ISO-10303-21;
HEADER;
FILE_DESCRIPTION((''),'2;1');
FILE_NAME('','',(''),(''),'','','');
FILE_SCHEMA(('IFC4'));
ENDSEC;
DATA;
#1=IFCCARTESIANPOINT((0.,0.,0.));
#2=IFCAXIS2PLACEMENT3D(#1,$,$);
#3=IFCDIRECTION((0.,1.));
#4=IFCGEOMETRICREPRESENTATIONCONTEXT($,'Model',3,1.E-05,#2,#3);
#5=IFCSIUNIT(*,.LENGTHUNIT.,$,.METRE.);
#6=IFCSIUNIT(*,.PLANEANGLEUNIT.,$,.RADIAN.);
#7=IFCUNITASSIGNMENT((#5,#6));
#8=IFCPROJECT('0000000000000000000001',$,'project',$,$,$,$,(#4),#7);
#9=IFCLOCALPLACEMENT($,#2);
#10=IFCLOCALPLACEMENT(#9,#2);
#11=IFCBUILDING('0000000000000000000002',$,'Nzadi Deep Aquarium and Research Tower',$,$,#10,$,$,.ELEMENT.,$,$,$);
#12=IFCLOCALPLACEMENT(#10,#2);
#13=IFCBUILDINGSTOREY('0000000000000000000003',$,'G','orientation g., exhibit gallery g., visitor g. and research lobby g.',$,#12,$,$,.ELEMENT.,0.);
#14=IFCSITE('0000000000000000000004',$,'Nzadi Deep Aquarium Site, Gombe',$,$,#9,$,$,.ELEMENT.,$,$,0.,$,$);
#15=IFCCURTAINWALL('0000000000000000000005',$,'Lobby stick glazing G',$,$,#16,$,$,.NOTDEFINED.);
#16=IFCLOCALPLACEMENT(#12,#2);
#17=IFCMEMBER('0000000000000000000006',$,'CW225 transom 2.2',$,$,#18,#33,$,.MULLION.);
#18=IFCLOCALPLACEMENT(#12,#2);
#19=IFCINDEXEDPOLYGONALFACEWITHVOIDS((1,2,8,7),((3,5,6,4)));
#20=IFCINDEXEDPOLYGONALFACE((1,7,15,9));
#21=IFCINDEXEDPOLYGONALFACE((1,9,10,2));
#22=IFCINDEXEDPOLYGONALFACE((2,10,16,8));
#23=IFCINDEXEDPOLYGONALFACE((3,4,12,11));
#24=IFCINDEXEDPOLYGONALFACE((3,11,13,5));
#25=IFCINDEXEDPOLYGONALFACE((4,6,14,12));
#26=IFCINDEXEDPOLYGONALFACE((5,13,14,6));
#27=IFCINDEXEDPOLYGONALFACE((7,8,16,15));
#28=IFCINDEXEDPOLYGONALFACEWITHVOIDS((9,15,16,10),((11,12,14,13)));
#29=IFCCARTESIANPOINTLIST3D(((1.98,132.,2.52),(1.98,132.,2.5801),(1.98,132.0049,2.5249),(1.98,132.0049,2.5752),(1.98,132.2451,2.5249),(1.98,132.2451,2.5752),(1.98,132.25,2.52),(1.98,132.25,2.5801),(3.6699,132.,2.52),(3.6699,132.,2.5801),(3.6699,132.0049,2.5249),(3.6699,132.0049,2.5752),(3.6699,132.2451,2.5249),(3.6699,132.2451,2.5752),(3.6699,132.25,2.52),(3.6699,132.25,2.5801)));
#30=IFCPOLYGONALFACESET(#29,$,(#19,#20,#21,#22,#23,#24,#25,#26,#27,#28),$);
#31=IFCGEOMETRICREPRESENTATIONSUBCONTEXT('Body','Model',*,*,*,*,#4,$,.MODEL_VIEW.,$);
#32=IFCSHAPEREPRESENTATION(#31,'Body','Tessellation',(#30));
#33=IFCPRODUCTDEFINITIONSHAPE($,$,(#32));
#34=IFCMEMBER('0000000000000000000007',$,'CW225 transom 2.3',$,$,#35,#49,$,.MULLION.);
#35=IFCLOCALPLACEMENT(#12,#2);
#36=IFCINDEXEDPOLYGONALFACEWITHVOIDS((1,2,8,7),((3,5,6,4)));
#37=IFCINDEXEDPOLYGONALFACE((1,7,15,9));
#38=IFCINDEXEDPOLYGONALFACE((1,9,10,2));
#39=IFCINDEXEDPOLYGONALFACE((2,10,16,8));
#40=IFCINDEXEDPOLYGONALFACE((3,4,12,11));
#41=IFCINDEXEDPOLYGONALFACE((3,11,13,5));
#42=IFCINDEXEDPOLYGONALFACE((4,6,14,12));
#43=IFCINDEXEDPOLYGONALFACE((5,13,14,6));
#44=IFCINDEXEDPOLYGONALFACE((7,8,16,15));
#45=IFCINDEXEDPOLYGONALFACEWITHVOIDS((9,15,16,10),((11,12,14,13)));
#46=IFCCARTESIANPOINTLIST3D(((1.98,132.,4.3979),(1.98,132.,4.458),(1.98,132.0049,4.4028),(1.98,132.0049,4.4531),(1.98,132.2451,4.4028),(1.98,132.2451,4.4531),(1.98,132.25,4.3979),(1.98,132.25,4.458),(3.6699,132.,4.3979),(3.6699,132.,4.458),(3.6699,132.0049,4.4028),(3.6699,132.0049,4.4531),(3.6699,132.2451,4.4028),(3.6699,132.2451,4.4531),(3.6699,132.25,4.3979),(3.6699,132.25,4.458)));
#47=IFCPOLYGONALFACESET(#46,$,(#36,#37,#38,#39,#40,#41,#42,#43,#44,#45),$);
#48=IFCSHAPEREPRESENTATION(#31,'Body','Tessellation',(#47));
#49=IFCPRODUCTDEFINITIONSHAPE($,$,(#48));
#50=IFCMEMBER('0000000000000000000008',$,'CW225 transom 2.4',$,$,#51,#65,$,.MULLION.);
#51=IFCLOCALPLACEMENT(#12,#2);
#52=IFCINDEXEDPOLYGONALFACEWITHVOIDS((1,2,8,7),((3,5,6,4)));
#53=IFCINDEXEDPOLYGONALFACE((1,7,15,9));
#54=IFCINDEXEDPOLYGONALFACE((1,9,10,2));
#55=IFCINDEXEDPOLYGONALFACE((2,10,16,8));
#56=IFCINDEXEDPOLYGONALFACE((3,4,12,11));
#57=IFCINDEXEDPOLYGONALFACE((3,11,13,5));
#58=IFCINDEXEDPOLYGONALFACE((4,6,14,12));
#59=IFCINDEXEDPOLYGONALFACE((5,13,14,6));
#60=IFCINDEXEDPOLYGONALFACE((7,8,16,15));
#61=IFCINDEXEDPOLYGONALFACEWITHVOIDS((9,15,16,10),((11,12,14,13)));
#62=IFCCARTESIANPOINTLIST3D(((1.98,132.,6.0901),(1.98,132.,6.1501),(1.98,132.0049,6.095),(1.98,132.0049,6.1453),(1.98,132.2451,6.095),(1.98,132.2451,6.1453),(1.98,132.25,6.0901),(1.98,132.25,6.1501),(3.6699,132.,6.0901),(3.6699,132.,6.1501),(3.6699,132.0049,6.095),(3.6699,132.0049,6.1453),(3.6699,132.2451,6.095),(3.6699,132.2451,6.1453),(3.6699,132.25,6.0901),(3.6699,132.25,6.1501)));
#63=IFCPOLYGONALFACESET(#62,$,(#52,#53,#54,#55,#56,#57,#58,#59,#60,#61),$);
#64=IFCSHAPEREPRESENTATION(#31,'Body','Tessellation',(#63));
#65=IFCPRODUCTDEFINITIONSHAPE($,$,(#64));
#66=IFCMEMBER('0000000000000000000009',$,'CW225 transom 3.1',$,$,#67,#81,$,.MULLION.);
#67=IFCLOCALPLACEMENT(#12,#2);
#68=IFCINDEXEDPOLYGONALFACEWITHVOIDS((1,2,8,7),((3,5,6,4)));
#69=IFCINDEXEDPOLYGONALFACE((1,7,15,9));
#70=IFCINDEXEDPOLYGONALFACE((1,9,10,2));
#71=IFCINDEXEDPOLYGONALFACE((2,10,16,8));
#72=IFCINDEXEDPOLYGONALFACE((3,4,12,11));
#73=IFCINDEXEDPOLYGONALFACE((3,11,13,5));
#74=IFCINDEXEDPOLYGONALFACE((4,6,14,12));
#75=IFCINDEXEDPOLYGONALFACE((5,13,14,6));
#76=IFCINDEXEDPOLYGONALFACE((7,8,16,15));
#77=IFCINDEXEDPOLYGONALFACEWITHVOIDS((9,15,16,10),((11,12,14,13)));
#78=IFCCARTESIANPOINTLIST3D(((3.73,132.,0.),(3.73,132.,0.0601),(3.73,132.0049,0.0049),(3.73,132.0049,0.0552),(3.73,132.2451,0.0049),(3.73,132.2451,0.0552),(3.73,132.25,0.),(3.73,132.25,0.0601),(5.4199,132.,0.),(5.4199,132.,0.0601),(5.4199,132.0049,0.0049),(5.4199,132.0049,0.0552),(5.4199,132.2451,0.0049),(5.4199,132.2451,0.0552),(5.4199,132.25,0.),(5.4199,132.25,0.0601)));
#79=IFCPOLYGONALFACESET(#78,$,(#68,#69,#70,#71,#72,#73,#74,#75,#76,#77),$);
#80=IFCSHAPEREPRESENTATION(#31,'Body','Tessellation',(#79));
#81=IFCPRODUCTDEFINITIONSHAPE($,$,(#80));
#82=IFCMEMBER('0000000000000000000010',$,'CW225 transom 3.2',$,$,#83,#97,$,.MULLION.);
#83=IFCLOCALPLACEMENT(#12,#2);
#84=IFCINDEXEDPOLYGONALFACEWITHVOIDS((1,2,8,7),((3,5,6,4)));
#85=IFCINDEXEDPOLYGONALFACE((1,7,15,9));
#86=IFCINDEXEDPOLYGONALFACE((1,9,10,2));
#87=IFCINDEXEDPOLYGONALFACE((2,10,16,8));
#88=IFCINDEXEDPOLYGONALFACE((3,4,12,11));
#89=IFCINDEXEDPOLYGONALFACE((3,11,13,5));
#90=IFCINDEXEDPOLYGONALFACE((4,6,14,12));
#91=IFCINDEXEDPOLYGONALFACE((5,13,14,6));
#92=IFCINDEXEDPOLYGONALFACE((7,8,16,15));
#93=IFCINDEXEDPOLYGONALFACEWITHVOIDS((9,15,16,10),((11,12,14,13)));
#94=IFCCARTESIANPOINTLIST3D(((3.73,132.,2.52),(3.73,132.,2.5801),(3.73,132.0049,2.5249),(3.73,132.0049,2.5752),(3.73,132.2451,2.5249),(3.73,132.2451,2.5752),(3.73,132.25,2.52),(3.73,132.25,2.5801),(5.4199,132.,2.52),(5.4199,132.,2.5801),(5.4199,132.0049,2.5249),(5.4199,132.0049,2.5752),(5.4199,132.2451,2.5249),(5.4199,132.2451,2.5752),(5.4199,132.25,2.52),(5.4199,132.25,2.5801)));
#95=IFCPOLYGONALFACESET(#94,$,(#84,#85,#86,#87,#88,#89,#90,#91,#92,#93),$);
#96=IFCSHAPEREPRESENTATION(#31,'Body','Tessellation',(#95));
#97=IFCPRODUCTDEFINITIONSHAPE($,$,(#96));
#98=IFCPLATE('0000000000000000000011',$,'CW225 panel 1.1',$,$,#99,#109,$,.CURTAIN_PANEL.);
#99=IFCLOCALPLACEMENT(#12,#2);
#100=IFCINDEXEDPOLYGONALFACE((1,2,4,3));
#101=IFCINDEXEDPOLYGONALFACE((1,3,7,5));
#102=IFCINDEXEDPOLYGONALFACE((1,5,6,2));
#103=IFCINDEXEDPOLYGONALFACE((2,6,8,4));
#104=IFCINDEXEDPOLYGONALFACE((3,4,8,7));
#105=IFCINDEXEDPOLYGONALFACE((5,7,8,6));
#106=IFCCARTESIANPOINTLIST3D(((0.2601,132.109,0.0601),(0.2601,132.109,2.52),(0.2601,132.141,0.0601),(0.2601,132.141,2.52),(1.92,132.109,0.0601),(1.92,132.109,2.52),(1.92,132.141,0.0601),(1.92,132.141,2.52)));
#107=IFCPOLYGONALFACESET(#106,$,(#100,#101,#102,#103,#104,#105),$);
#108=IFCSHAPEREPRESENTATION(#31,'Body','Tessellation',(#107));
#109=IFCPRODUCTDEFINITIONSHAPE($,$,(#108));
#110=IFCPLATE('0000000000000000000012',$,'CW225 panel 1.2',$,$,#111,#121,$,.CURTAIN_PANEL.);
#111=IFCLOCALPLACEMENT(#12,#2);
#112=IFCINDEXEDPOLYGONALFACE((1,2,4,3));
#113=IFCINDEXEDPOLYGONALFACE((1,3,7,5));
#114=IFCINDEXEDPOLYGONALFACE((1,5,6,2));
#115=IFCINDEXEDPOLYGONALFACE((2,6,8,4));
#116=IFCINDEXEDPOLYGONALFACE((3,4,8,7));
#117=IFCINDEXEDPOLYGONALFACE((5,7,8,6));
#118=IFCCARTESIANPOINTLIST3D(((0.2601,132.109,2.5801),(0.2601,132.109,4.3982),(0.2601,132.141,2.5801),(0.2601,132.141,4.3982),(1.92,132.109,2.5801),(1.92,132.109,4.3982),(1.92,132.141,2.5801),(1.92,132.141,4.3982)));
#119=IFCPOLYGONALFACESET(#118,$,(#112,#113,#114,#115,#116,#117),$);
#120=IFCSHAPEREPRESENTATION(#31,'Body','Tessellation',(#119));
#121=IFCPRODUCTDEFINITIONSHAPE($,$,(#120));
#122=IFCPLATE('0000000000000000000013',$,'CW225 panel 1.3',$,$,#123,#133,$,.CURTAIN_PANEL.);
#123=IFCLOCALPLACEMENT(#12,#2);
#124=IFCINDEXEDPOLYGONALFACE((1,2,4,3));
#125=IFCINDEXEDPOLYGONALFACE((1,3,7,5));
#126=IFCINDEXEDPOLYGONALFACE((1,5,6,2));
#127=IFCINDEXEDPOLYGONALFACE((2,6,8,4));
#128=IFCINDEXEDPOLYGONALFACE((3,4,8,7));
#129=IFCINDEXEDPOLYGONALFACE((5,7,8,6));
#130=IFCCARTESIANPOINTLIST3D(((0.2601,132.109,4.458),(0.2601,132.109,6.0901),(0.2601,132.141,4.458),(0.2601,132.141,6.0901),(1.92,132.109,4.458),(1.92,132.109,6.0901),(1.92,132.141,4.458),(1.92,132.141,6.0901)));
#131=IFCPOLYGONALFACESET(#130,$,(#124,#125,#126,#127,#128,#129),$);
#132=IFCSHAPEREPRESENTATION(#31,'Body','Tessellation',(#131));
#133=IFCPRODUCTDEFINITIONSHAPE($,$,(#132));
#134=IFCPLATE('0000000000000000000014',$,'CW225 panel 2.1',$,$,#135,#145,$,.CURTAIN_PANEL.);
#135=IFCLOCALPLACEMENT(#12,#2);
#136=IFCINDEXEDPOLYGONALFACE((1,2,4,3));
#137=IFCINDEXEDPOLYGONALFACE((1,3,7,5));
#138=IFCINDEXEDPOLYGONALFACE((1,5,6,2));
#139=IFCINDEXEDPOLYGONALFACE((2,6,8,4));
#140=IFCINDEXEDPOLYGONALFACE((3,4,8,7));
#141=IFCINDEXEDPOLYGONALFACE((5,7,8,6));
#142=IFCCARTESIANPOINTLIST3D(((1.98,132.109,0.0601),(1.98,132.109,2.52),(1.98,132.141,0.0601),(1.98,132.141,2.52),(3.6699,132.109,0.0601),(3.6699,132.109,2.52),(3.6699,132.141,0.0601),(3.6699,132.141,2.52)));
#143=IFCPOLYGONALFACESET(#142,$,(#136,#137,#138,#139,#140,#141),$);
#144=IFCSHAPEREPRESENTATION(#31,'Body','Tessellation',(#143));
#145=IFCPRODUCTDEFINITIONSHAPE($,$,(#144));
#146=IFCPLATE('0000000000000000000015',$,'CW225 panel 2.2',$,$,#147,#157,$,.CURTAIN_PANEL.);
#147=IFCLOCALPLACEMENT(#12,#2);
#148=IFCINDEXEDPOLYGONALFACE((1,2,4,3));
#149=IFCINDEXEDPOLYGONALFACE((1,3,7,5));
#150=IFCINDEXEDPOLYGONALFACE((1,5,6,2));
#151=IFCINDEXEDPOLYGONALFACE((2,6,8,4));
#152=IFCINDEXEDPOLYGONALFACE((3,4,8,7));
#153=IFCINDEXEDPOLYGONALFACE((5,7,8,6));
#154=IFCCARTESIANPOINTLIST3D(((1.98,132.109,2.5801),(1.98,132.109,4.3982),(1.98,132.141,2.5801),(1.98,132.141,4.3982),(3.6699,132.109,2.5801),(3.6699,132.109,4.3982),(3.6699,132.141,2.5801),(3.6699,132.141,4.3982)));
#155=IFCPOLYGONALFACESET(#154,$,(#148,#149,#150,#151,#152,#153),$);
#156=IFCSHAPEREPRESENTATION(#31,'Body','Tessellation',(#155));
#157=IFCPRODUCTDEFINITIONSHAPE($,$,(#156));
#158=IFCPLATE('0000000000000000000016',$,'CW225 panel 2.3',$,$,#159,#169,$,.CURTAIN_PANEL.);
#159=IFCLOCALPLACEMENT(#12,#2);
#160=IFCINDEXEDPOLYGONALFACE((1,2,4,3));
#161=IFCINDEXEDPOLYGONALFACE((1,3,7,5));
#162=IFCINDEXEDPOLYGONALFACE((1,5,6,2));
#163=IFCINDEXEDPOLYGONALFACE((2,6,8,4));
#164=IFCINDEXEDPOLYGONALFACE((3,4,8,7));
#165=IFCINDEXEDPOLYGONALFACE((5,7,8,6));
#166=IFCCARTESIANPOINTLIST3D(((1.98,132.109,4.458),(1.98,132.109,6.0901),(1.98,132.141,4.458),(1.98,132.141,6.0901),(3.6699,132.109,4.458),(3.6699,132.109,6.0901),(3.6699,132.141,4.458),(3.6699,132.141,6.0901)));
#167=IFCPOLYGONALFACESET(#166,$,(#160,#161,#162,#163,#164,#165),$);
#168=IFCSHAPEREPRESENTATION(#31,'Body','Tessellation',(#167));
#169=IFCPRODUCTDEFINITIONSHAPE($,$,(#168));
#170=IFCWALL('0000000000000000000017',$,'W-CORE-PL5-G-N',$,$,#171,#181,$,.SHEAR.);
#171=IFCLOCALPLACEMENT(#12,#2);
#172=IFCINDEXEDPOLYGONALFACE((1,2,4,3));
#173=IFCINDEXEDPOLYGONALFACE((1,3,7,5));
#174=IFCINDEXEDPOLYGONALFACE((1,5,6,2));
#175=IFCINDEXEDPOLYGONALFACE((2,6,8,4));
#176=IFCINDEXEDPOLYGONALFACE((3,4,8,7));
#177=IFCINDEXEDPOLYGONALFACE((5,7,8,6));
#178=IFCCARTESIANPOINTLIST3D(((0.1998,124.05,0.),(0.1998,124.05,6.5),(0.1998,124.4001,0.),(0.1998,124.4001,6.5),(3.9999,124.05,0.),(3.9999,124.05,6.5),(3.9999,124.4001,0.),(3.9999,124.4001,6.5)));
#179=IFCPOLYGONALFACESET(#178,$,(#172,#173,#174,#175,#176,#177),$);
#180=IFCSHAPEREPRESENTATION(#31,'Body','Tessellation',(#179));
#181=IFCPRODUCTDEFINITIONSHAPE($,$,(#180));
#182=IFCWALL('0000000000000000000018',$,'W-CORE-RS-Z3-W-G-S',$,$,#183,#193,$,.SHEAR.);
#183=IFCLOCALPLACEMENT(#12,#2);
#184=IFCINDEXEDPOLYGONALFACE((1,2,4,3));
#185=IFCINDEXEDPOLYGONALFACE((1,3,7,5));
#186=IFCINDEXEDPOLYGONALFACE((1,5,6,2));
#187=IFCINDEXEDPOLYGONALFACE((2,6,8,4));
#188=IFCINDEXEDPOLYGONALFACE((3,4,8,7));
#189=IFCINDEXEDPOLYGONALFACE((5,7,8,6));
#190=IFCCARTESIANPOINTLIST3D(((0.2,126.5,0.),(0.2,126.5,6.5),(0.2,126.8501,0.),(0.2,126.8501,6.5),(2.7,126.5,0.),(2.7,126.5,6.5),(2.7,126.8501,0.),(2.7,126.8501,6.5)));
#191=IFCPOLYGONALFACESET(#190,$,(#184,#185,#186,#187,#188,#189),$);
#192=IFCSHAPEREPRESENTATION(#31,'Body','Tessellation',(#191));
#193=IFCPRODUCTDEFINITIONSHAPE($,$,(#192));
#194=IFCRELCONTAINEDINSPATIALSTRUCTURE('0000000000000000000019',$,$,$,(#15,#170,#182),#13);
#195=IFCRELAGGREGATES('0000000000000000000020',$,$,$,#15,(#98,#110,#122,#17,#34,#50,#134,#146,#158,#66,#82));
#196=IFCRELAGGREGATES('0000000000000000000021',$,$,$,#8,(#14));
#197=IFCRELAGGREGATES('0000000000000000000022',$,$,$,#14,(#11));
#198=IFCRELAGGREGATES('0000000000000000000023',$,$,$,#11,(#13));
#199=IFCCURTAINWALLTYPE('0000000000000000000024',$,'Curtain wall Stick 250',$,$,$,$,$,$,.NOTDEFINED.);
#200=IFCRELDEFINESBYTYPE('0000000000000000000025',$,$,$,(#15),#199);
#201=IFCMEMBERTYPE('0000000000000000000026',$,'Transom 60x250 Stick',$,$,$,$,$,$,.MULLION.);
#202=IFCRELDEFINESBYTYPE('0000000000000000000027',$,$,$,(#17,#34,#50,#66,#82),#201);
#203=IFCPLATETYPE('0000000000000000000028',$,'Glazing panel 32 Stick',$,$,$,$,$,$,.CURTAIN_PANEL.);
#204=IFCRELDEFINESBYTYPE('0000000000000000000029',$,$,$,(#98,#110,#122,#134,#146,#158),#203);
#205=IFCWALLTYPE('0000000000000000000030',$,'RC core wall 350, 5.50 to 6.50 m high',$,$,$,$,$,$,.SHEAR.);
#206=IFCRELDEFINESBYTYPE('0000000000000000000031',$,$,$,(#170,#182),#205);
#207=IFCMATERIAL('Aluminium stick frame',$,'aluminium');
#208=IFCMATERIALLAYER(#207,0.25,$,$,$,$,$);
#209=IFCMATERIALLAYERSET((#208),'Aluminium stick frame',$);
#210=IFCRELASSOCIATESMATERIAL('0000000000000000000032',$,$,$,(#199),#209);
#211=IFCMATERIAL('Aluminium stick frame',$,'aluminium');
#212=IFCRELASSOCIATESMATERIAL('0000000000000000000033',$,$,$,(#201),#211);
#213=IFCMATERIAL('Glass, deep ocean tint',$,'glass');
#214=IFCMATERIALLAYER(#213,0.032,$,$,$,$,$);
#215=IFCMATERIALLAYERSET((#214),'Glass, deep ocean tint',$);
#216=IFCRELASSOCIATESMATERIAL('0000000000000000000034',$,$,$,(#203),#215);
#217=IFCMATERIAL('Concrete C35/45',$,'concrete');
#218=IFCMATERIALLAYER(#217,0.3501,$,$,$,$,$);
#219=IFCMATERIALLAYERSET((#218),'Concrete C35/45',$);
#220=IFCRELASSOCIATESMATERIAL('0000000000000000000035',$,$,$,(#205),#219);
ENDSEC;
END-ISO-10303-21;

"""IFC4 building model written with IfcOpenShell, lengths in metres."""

from ifc_helpers import new_model, si_unit, direction, frame, frame_2d, origin, origin_2d, place, context, subcontext, project, spatial, rectangle, hollow_rectangle, extrude, material, layer, layer_set, material_profile, profile_set, type_object, element, aggregate, save


model = new_model("IFC4")

# Units and contexts
model_context = context("Model", 3, precision=1e-05, world=origin(), true_north=direction((0.0, 1.0)))
body_context = subcontext(model_context, "Body", "Model", "MODEL_VIEW")
ifc_project = project(units=[si_unit("LENGTHUNIT", "METRE"), si_unit("PLANEANGLEUNIT", "RADIAN")], contexts=[model_context])

# Site, building, storey
site_placement = place(None, origin())
site = spatial("IfcSite", under=ifc_project, at=site_placement, Name="Nzadi Deep Aquarium Site, Gombe", CompositionType="ELEMENT", RefElevation=0.0)
building_placement = place(site_placement, origin())
building = spatial("IfcBuilding", under=site, at=building_placement, Name="Nzadi Deep Aquarium and Research Tower", CompositionType="ELEMENT")
storey_placement = place(building_placement, origin())
storey = spatial("IfcBuildingStorey", under=building, at=storey_placement, Name="G", Description="orientation g., exhibit gallery g., visitor g. and research lobby g.", CompositionType="ELEMENT", Elevation=0.0)

# Curtain wall
ifc_material_1 = material(Name="Aluminium stick frame", Category="aluminium")
ifc_layer_1 = layer(ifc_material_1, 0.25)
ifc_layer_set_1 = layer_set([ifc_layer_1], Name="Aluminium stick frame")
curtain_wall_type = type_object("IfcCurtainWallType", Name="Curtain wall Stick 250", PredefinedType="NOTDEFINED", material=ifc_layer_set_1)
curtain_wall_placement = place(storey_placement, origin())
curtain_wall = element("IfcCurtainWall", 1, at=curtain_wall_placement, inside=storey, type_object=curtain_wall_type, Name="Lobby stick glazing G", PredefinedType="NOTDEFINED")

# Members
ifc_material_2 = material(Name="Aluminium stick frame", Category="aluminium")
ifc_material_profile_1 = material_profile(ifc_material_2, hollow_rectangle(XDim=0.25, YDim=0.0601, WallThickness=0.0049, at=origin_2d()))
ifc_profile_set_1 = profile_set([ifc_material_profile_1], Name="Aluminium stick frame")
member_type_1 = type_object("IfcMemberType", Name="Transom 60x250 Stick", PredefinedType="MULLION", material=ifc_profile_set_1)
member_1_placement = place(storey_placement, frame((1.98, 132.125, 2.55), z_axis=(1.0, 0.0, 0.0), x_axis=(0.0, 1.0, 0.0)))
member_1 = element("IfcMember", 2, at=member_1_placement, type_object=member_type_1, Name="CW225 transom 2.2", PredefinedType="MULLION", context=body_context, shape_type="SweptSolid", body=[
    extrude(hollow_rectangle(XDim=0.25, YDim=0.0601, WallThickness=0.0049, at=origin_2d()), origin(), (0.0, 0.0, 1.0), 1.6899),
])
member_2_placement = place(storey_placement, frame((1.98, 132.125, 4.428), z_axis=(1.0, 0.0, 0.0), x_axis=(0.0, 1.0, 0.0)))
member_2 = element("IfcMember", 3, at=member_2_placement, type_object=member_type_1, Name="CW225 transom 2.3", PredefinedType="MULLION", context=body_context, shape_type="SweptSolid", body=[
    extrude(hollow_rectangle(XDim=0.25, YDim=0.0601, WallThickness=0.0049, at=origin_2d()), origin(), (0.0, 0.0, 1.0), 1.6899),
])
member_3_placement = place(storey_placement, frame((1.98, 132.125, 6.1201), z_axis=(1.0, 0.0, 0.0), x_axis=(0.0, 1.0, 0.0)))
member_3 = element("IfcMember", 4, at=member_3_placement, type_object=member_type_1, Name="CW225 transom 2.4", PredefinedType="MULLION", context=body_context, shape_type="SweptSolid", body=[
    extrude(hollow_rectangle(XDim=0.25, YDim=0.0601, WallThickness=0.0049, at=origin_2d()), origin(), (0.0, 0.0, 1.0), 1.6899),
])
member_4_placement = place(storey_placement, frame((3.73, 132.125, 0.03), z_axis=(1.0, 0.0, 0.0), x_axis=(0.0, 1.0, 0.0)))
member_4 = element("IfcMember", 5, at=member_4_placement, type_object=member_type_1, Name="CW225 transom 3.1", PredefinedType="MULLION", context=body_context, shape_type="SweptSolid", body=[
    extrude(hollow_rectangle(XDim=0.25, YDim=0.0601, WallThickness=0.0049, at=origin_2d()), origin(), (0.0, 0.0, 1.0), 1.6899),
])
member_5_placement = place(storey_placement, frame((3.73, 132.125, 2.55), z_axis=(1.0, 0.0, 0.0), x_axis=(0.0, 1.0, 0.0)))
member_5 = element("IfcMember", 6, at=member_5_placement, type_object=member_type_1, Name="CW225 transom 3.2", PredefinedType="MULLION", context=body_context, shape_type="SweptSolid", body=[
    extrude(hollow_rectangle(XDim=0.25, YDim=0.0601, WallThickness=0.0049, at=origin_2d()), origin(), (0.0, 0.0, 1.0), 1.6899),
])

# Plates
ifc_material_3 = material(Name="Glass, deep ocean tint", Category="glass")
ifc_layer_2 = layer(ifc_material_3, 0.032)
ifc_layer_set_2 = layer_set([ifc_layer_2], Name="Glass, deep ocean tint")
plate_type = type_object("IfcPlateType", Name="Glazing panel 32 Stick", PredefinedType="CURTAIN_PANEL", material=ifc_layer_set_2)
plate_1_placement = place(storey_placement, frame((1.0901, 132.125, 0.0601), z_axis=(0.0, 0.0, 1.0), x_axis=(1.0, 0.0, 0.0)))
plate_1 = element("IfcPlate", 7, at=plate_1_placement, type_object=plate_type, Name="CW225 panel 1.1", PredefinedType="CURTAIN_PANEL", context=body_context, shape_type="SweptSolid", body=[
    extrude(rectangle(XDim=1.6599, YDim=0.032, at=origin_2d()), origin(), (0.0, 0.0, 1.0), 2.46),
])
plate_2_placement = place(storey_placement, frame((1.0901, 132.125, 2.5801), z_axis=(0.0, 0.0, 1.0), x_axis=(1.0, 0.0, 0.0)))
plate_2 = element("IfcPlate", 8, at=plate_2_placement, type_object=plate_type, Name="CW225 panel 1.2", PredefinedType="CURTAIN_PANEL", context=body_context, shape_type="SweptSolid", body=[
    extrude(rectangle(XDim=1.6599, YDim=0.032, at=origin_2d()), origin(), (0.0, 0.0, 1.0), 1.8181),
])
plate_3_placement = place(storey_placement, frame((1.0901, 132.125, 4.458), z_axis=(0.0, 0.0, 1.0), x_axis=(1.0, 0.0, 0.0)))
plate_3 = element("IfcPlate", 9, at=plate_3_placement, type_object=plate_type, Name="CW225 panel 1.3", PredefinedType="CURTAIN_PANEL", context=body_context, shape_type="SweptSolid", body=[
    extrude(rectangle(XDim=1.6599, YDim=0.032, at=origin_2d()), origin(), (0.0, 0.0, 1.0), 1.6321),
])
plate_4_placement = place(storey_placement, frame((2.825, 132.125, 0.0601), z_axis=(0.0, 0.0, 1.0), x_axis=(1.0, 0.0, 0.0)))
plate_4 = element("IfcPlate", 10, at=plate_4_placement, type_object=plate_type, Name="CW225 panel 2.1", PredefinedType="CURTAIN_PANEL", context=body_context, shape_type="SweptSolid", body=[
    extrude(rectangle(XDim=1.6899, YDim=0.032, at=origin_2d()), origin(), (0.0, 0.0, 1.0), 2.46),
])
plate_5_placement = place(storey_placement, frame((2.825, 132.125, 2.5801), z_axis=(0.0, 0.0, 1.0), x_axis=(1.0, 0.0, 0.0)))
plate_5 = element("IfcPlate", 11, at=plate_5_placement, type_object=plate_type, Name="CW225 panel 2.2", PredefinedType="CURTAIN_PANEL", context=body_context, shape_type="SweptSolid", body=[
    extrude(rectangle(XDim=1.6899, YDim=0.032, at=origin_2d()), origin(), (0.0, 0.0, 1.0), 1.8181),
])
plate_6_placement = place(storey_placement, frame((2.825, 132.125, 4.458), z_axis=(0.0, 0.0, 1.0), x_axis=(1.0, 0.0, 0.0)))
plate_6 = element("IfcPlate", 12, at=plate_6_placement, type_object=plate_type, Name="CW225 panel 2.3", PredefinedType="CURTAIN_PANEL", context=body_context, shape_type="SweptSolid", body=[
    extrude(rectangle(XDim=1.6899, YDim=0.032, at=origin_2d()), origin(), (0.0, 0.0, 1.0), 1.6321),
])
aggregate(curtain_wall, [plate_1, plate_2, plate_3, member_1, member_2, member_3, plate_4, plate_5, plate_6, member_4, member_5])

# Walls
ifc_material_4 = material(Name="Concrete C35/45", Category="concrete")
ifc_layer_3 = layer(ifc_material_4, 0.3501)
ifc_layer_set_3 = layer_set([ifc_layer_3], Name="Concrete C35/45")
wall_type = type_object("IfcWallType", Name="RC core wall 350, 5.50 to 6.50 m high", PredefinedType="SHEAR", material=ifc_layer_set_3)
wall_placement = place(storey_placement, frame((0.2, 124.2251, 0.0), z_axis=(0.0, 0.0, 1.0), x_axis=(1.0, 0.0, 0.0)))
element("IfcWall", 13, at=wall_placement, inside=storey, type_object=wall_type, Name="W-CORE-PL5-G-N", PredefinedType="SHEAR", context=body_context, shape_type="SweptSolid", body=[
    extrude(rectangle(XDim=3.8, YDim=0.3501, at=frame_2d((1.8999, 0.0))), origin(), (0.0, 0.0, 1.0), 6.5),
])
for number, where, z_axis, x_axis, name in (
    (14, (0.2, 126.675, 0.0), (0.0, 0.0, 1.0), (1.0, 0.0, 0.0), "W-CORE-RS-Z3-W-G-S"),
):
    element("IfcWall", number, at=place(storey_placement, frame(where, z_axis=z_axis, x_axis=x_axis)), inside=storey, type_object=wall_type, Name=name, PredefinedType="SHEAR", context=body_context, shape_type="SweptSolid", body=[
        extrude(rectangle(XDim=2.5, YDim=0.3501, at=frame_2d((1.25, 0.0))), origin(), (0.0, 0.0, 1.0), 6.5),
    ])

save(model, "model.ifc")
